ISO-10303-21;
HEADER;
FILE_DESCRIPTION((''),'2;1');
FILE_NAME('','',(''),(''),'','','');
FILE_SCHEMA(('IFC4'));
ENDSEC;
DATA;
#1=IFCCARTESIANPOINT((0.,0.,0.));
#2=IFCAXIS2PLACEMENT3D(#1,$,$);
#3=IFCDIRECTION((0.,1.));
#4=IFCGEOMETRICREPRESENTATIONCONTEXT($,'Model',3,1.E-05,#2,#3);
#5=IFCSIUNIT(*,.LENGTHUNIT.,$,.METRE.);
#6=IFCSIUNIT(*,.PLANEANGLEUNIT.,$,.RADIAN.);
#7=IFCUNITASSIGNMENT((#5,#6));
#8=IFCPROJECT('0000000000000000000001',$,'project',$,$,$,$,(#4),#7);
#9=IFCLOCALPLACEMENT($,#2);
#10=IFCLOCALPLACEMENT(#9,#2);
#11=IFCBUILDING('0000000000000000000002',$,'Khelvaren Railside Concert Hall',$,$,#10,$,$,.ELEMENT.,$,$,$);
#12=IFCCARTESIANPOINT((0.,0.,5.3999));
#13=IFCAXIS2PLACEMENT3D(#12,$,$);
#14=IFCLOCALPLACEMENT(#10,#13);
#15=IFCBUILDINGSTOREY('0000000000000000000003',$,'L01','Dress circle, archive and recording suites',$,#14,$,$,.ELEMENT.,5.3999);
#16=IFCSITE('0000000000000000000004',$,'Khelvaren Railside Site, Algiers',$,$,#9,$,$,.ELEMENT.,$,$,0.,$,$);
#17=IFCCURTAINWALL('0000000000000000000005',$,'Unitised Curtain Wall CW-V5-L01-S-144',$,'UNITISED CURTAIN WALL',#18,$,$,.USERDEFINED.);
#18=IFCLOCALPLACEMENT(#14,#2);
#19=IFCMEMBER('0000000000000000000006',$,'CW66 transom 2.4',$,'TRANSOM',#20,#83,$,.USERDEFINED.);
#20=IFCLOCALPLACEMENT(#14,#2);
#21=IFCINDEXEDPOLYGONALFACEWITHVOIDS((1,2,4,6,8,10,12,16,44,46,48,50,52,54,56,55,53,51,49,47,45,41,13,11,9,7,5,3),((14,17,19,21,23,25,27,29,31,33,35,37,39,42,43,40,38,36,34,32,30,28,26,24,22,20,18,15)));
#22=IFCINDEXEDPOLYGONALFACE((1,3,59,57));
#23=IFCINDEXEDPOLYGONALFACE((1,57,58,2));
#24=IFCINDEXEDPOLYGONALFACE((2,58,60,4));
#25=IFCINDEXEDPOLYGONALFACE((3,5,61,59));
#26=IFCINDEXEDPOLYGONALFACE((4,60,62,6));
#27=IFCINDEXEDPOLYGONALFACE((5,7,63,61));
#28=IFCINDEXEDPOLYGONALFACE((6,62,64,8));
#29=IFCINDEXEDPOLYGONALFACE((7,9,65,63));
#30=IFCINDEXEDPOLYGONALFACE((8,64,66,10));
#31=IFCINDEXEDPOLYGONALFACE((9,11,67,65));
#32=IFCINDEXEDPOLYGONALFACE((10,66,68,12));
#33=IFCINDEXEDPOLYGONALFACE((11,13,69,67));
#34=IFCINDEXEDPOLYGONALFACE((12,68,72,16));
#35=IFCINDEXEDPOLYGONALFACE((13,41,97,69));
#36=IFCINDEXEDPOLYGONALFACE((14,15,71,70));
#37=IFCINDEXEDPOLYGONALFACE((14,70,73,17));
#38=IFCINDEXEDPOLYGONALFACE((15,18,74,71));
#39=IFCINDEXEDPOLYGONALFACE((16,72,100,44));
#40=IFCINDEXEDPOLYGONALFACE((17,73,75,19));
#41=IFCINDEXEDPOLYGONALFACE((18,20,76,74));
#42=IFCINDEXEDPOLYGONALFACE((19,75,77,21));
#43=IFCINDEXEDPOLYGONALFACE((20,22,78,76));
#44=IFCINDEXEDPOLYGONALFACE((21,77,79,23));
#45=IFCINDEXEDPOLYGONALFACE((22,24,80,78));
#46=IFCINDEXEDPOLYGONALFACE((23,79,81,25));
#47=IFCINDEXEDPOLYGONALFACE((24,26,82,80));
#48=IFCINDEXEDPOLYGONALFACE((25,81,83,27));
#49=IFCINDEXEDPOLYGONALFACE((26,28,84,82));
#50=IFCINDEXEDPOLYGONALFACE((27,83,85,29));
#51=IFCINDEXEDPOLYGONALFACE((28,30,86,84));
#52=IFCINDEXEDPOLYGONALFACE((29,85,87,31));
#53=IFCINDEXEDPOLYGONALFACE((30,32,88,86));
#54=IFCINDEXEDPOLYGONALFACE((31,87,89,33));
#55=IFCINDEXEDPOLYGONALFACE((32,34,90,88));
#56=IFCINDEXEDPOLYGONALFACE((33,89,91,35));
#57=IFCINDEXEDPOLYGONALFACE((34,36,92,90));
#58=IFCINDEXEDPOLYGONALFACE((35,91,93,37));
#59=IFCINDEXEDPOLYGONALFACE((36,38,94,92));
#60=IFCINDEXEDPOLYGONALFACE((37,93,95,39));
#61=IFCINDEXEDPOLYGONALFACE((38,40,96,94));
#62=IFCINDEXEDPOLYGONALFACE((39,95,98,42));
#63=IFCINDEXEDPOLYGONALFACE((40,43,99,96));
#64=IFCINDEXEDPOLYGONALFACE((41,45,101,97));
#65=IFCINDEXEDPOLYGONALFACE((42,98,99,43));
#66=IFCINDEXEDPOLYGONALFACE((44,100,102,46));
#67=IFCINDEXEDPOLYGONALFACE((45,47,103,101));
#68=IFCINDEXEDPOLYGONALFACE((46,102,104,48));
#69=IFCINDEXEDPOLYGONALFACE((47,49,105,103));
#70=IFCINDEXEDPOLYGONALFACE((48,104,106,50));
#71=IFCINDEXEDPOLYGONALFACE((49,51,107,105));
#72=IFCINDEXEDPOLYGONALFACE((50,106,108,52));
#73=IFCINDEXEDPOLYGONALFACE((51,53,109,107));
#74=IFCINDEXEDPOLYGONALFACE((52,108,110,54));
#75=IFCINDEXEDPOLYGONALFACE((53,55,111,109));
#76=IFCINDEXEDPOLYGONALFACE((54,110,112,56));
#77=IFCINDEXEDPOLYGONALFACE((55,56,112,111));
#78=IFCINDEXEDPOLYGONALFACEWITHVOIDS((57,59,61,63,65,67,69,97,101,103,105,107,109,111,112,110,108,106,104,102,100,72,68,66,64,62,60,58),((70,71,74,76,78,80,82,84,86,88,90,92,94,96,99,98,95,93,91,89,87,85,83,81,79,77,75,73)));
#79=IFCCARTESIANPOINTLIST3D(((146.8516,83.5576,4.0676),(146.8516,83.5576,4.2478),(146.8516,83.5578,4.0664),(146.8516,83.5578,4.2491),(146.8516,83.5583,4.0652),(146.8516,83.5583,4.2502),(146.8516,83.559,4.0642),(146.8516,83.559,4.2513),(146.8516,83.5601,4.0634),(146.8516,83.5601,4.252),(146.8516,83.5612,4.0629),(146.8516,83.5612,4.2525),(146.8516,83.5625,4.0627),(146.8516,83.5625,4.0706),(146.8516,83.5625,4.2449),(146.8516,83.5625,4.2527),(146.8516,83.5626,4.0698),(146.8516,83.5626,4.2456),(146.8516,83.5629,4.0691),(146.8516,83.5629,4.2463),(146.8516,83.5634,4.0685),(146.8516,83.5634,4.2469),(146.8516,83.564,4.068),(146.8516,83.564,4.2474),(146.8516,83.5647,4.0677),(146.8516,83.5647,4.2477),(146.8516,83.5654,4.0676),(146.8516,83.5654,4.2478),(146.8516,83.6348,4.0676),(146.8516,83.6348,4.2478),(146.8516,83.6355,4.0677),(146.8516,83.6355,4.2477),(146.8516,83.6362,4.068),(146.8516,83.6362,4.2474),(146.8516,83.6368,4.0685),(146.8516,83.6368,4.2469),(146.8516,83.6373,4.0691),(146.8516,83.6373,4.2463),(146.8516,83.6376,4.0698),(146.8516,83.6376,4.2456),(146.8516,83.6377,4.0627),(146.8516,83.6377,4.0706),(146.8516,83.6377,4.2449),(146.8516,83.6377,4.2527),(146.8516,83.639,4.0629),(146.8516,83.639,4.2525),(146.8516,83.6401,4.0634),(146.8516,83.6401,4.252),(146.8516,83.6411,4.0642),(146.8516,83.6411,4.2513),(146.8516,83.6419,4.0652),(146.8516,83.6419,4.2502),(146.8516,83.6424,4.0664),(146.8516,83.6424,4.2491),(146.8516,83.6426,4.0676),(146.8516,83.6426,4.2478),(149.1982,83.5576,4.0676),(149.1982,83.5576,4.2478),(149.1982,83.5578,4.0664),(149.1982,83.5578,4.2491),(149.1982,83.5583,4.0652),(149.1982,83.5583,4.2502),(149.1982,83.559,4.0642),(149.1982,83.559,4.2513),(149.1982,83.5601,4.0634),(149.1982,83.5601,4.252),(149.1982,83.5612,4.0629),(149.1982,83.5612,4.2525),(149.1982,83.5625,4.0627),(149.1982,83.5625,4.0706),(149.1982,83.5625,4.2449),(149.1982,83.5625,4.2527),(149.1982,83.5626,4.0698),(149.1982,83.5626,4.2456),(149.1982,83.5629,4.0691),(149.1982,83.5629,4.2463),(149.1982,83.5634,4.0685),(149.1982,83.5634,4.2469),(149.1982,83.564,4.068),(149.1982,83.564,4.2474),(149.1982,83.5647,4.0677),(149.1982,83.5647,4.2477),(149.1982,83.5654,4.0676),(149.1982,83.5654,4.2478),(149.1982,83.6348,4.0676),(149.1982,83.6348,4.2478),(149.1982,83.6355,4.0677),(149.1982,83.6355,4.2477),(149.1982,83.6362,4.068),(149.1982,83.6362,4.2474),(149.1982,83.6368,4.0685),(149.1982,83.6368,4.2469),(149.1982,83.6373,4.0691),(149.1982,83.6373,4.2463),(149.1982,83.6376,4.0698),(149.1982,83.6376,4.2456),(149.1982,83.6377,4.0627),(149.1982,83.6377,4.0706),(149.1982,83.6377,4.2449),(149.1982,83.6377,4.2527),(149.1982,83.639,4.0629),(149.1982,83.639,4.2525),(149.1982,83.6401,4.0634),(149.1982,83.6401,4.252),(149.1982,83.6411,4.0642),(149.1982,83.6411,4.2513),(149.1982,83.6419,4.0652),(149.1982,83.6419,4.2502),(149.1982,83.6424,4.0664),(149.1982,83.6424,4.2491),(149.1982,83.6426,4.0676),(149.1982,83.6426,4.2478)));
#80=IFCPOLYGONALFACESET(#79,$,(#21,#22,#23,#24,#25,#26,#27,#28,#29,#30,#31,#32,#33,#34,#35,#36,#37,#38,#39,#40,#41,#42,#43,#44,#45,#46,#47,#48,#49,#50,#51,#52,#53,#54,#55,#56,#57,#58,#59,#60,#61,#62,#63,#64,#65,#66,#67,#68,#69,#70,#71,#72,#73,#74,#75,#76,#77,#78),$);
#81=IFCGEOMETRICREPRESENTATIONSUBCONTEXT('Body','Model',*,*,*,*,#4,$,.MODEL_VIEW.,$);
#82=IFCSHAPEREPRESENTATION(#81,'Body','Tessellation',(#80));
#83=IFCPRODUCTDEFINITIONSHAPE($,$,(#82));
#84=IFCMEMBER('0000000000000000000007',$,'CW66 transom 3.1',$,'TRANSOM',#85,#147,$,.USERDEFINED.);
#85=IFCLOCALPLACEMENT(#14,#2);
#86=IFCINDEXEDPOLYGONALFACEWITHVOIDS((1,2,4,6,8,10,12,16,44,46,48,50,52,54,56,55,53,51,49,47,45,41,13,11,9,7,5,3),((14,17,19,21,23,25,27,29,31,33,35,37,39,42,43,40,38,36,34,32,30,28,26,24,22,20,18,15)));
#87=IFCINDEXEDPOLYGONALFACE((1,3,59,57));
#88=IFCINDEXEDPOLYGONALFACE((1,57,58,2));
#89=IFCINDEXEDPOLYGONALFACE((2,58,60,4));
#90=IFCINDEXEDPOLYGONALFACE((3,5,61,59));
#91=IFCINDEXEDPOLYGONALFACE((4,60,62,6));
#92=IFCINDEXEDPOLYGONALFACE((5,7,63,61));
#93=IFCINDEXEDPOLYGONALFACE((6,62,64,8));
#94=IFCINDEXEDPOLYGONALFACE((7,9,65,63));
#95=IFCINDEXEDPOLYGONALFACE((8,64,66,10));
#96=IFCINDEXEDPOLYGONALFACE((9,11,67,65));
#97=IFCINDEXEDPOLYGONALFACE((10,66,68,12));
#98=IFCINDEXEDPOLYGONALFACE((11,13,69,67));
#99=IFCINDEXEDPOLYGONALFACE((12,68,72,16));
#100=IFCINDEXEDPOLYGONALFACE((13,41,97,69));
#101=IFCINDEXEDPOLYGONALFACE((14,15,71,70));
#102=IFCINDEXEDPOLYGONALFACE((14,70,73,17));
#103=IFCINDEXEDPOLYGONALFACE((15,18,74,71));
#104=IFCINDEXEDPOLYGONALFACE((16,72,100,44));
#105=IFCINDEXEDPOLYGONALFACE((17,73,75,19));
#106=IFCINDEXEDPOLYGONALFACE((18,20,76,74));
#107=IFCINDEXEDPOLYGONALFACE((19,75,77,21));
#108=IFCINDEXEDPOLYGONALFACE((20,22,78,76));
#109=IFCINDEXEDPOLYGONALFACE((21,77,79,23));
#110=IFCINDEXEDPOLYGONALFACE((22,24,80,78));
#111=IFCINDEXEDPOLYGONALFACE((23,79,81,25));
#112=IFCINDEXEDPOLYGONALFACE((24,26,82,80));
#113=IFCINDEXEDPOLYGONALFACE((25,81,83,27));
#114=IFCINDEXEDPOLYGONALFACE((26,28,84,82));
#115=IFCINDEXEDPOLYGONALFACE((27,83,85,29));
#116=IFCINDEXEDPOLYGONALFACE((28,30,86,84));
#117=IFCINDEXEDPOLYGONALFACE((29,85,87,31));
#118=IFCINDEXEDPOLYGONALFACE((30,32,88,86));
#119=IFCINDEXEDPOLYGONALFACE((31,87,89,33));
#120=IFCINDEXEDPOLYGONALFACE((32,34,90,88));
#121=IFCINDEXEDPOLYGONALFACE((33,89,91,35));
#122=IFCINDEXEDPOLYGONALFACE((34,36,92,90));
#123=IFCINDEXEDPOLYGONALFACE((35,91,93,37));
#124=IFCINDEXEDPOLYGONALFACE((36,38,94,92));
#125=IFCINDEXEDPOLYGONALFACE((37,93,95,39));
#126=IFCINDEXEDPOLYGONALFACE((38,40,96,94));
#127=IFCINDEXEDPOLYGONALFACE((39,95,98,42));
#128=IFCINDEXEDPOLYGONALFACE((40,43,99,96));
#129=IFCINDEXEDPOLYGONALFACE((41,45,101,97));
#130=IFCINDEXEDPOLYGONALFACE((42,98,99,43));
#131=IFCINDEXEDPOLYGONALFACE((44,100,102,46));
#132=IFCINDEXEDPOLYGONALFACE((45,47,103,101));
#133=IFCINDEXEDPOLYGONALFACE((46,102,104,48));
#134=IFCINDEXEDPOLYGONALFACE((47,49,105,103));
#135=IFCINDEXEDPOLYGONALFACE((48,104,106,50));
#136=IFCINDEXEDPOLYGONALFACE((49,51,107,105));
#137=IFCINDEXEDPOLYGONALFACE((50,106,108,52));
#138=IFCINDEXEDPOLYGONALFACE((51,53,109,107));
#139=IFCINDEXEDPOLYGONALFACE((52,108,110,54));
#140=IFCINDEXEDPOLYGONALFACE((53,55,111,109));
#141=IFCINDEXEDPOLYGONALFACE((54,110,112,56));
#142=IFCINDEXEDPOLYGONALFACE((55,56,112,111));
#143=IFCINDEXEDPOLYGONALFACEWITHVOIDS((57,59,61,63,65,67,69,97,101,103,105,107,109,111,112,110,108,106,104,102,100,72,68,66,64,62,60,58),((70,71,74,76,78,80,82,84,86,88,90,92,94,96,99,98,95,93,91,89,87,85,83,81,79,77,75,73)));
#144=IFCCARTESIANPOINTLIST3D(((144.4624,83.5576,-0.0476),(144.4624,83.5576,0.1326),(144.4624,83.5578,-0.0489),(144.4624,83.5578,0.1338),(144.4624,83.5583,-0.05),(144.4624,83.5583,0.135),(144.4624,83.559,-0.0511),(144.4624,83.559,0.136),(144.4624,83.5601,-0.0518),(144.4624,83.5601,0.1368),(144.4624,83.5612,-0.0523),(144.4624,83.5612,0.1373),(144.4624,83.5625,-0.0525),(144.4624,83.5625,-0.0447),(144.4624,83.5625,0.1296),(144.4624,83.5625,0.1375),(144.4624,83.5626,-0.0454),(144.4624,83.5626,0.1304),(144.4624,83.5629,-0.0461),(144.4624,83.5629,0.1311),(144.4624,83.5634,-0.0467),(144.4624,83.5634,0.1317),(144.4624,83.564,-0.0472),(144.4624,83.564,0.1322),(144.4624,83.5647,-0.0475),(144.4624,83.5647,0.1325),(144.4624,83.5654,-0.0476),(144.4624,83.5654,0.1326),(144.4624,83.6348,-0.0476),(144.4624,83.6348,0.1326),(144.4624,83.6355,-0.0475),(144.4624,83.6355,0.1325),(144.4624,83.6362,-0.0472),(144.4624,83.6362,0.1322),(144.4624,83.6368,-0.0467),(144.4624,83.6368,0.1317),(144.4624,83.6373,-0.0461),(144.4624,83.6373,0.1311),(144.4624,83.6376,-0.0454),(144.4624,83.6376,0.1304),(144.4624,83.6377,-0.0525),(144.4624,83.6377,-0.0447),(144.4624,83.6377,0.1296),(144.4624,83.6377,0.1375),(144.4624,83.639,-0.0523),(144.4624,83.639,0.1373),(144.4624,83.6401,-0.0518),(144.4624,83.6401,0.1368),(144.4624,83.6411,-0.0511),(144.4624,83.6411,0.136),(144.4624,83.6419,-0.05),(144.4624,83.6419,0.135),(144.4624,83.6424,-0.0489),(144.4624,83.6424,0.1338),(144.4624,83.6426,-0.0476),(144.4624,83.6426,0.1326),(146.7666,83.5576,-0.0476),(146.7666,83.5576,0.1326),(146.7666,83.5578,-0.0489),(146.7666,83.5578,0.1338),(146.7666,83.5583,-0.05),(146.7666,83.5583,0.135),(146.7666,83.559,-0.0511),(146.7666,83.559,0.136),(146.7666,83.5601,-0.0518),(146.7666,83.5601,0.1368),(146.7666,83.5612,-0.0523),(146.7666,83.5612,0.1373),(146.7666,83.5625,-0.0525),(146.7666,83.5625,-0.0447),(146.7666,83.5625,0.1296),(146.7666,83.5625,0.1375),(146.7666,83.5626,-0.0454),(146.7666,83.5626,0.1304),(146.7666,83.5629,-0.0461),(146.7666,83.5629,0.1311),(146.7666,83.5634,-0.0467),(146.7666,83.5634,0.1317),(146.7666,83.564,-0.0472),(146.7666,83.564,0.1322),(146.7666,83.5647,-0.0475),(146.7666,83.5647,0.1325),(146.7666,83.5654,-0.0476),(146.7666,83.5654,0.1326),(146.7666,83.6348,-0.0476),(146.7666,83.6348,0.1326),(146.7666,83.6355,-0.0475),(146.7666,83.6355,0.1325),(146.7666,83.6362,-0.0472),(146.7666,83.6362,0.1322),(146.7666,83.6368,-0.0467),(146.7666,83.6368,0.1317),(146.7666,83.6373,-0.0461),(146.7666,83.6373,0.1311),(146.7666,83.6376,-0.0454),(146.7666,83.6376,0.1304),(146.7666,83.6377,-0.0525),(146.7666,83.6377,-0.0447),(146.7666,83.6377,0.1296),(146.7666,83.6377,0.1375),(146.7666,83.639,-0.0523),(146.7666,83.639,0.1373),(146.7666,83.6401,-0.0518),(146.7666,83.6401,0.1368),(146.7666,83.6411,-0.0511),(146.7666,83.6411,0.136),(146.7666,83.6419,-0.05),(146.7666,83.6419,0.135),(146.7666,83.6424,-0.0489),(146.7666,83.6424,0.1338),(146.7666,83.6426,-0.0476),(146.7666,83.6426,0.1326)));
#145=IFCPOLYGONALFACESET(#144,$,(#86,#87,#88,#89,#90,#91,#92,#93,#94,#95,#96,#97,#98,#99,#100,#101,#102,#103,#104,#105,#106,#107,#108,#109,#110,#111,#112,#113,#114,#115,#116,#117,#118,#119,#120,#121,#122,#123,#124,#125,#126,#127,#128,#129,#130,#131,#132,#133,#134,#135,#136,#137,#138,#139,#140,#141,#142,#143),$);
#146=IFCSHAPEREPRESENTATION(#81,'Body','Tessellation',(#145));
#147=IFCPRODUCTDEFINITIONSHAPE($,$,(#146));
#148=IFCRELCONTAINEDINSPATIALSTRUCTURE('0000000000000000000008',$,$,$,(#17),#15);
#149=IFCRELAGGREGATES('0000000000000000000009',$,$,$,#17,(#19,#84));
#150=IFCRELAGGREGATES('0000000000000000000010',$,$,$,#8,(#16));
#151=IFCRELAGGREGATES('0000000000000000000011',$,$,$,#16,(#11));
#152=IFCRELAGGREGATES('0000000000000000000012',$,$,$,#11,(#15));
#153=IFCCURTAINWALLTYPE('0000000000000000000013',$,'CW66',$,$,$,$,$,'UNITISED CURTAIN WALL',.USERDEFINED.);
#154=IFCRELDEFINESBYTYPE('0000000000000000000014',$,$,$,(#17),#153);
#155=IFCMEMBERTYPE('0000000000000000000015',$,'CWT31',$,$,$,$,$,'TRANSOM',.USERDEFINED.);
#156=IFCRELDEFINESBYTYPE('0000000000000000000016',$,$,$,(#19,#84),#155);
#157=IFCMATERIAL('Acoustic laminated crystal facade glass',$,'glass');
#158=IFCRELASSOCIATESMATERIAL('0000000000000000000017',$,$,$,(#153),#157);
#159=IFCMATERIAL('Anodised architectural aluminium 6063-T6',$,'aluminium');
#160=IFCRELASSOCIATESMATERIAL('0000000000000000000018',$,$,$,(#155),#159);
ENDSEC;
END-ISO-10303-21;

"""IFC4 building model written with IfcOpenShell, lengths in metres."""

from ifc_helpers import new_model, si_unit, direction, frame, origin, origin_2d, place, context, subcontext, project, spatial, hollow_rectangle, extrude, material, material_profile, profile_set, type_object, element, aggregate, save


model = new_model("IFC4")

# Units and contexts
model_context = context("Model", 3, precision=1e-05, world=origin(), true_north=direction((0.0, 1.0)))
body_context = subcontext(model_context, "Body", "Model", "MODEL_VIEW")
ifc_project = project(units=[si_unit("LENGTHUNIT", "METRE"), si_unit("PLANEANGLEUNIT", "RADIAN")], contexts=[model_context])

# Site, building, storey
site_placement = place(None, origin())
site = spatial("IfcSite", under=ifc_project, at=site_placement, Name="Khelvaren Railside Site, Algiers", CompositionType="ELEMENT", RefElevation=0.0)
building_placement = place(site_placement, origin())
building = spatial("IfcBuilding", under=site, at=building_placement, Name="Khelvaren Railside Concert Hall", CompositionType="ELEMENT")
storey_placement = place(building_placement, frame((0.0, 0.0, 5.3999)))
storey = spatial("IfcBuildingStorey", under=building, at=storey_placement, Name="L01", Description="Dress circle, archive and recording suites", CompositionType="ELEMENT", Elevation=5.3999)

# Shared definitions
ifc_material_1 = material(Name="Acoustic laminated crystal facade glass", Category="glass")
ifc_material_2 = material(Name="Anodised architectural aluminium 6063-T6", Category="aluminium")

# Curtain wall
curtain_wall_type_1 = type_object("IfcCurtainWallType", Name="CW66", ElementType="UNITISED CURTAIN WALL", PredefinedType="USERDEFINED", material=ifc_material_1)
curtain_wall_1_placement = place(storey_placement, origin())
curtain_wall_1 = element("IfcCurtainWall", 1, at=curtain_wall_1_placement, inside=storey, type_object=curtain_wall_type_1, Name="Unitised Curtain Wall CW-V5-L01-S-144", ObjectType="UNITISED CURTAIN WALL", PredefinedType="USERDEFINED")

# Members
ifc_material_profile_1 = material_profile(ifc_material_2, hollow_rectangle(XDim=0.085, YDim=0.1899, WallThickness=0.0049, InnerFilletRadius=0.0029, OuterFilletRadius=0.0049, at=origin_2d()), Name="CWT 85x190x5")
ifc_profile_set_1 = profile_set([ifc_material_profile_1], Name="Anodised architectural aluminium 6063-T6")
member_type_1 = type_object("IfcMemberType", Name="CWT31", ElementType="TRANSOM", PredefinedType="USERDEFINED", material=ifc_profile_set_1)
member_1_placement = place(storey_placement, frame((149.1982, 83.6001, 4.1577), z_axis=(-1.0, 0.0, 0.0), x_axis=(0.0, -1.0, 0.0)))
member_1 = element("IfcMember", 2, at=member_1_placement, type_object=member_type_1, Name="CW66 transom 2.4", ObjectType="TRANSOM", PredefinedType="USERDEFINED", context=body_context, shape_type="SweptSolid", body=[
    extrude(hollow_rectangle(XDim=0.085, YDim=0.1899, WallThickness=0.0049, InnerFilletRadius=0.0029, OuterFilletRadius=0.0049, at=origin_2d()), origin(), (0.0, 0.0, 1.0), 2.3467),
])
member_2_placement = place(storey_placement, frame((146.7666, 83.6001, 0.0425), z_axis=(-1.0, 0.0, 0.0), x_axis=(0.0, -1.0, 0.0)))
member_2 = element("IfcMember", 3, at=member_2_placement, type_object=member_type_1, Name="CW66 transom 3.1", ObjectType="TRANSOM", PredefinedType="USERDEFINED", context=body_context, shape_type="SweptSolid", body=[
    extrude(hollow_rectangle(XDim=0.085, YDim=0.1899, WallThickness=0.0049, InnerFilletRadius=0.0029, OuterFilletRadius=0.0049, at=origin_2d()), origin(), (0.0, 0.0, 1.0), 2.3042),
])

aggregate(curtain_wall_1, [member_1, member_2])

save(model, "model.ifc")
